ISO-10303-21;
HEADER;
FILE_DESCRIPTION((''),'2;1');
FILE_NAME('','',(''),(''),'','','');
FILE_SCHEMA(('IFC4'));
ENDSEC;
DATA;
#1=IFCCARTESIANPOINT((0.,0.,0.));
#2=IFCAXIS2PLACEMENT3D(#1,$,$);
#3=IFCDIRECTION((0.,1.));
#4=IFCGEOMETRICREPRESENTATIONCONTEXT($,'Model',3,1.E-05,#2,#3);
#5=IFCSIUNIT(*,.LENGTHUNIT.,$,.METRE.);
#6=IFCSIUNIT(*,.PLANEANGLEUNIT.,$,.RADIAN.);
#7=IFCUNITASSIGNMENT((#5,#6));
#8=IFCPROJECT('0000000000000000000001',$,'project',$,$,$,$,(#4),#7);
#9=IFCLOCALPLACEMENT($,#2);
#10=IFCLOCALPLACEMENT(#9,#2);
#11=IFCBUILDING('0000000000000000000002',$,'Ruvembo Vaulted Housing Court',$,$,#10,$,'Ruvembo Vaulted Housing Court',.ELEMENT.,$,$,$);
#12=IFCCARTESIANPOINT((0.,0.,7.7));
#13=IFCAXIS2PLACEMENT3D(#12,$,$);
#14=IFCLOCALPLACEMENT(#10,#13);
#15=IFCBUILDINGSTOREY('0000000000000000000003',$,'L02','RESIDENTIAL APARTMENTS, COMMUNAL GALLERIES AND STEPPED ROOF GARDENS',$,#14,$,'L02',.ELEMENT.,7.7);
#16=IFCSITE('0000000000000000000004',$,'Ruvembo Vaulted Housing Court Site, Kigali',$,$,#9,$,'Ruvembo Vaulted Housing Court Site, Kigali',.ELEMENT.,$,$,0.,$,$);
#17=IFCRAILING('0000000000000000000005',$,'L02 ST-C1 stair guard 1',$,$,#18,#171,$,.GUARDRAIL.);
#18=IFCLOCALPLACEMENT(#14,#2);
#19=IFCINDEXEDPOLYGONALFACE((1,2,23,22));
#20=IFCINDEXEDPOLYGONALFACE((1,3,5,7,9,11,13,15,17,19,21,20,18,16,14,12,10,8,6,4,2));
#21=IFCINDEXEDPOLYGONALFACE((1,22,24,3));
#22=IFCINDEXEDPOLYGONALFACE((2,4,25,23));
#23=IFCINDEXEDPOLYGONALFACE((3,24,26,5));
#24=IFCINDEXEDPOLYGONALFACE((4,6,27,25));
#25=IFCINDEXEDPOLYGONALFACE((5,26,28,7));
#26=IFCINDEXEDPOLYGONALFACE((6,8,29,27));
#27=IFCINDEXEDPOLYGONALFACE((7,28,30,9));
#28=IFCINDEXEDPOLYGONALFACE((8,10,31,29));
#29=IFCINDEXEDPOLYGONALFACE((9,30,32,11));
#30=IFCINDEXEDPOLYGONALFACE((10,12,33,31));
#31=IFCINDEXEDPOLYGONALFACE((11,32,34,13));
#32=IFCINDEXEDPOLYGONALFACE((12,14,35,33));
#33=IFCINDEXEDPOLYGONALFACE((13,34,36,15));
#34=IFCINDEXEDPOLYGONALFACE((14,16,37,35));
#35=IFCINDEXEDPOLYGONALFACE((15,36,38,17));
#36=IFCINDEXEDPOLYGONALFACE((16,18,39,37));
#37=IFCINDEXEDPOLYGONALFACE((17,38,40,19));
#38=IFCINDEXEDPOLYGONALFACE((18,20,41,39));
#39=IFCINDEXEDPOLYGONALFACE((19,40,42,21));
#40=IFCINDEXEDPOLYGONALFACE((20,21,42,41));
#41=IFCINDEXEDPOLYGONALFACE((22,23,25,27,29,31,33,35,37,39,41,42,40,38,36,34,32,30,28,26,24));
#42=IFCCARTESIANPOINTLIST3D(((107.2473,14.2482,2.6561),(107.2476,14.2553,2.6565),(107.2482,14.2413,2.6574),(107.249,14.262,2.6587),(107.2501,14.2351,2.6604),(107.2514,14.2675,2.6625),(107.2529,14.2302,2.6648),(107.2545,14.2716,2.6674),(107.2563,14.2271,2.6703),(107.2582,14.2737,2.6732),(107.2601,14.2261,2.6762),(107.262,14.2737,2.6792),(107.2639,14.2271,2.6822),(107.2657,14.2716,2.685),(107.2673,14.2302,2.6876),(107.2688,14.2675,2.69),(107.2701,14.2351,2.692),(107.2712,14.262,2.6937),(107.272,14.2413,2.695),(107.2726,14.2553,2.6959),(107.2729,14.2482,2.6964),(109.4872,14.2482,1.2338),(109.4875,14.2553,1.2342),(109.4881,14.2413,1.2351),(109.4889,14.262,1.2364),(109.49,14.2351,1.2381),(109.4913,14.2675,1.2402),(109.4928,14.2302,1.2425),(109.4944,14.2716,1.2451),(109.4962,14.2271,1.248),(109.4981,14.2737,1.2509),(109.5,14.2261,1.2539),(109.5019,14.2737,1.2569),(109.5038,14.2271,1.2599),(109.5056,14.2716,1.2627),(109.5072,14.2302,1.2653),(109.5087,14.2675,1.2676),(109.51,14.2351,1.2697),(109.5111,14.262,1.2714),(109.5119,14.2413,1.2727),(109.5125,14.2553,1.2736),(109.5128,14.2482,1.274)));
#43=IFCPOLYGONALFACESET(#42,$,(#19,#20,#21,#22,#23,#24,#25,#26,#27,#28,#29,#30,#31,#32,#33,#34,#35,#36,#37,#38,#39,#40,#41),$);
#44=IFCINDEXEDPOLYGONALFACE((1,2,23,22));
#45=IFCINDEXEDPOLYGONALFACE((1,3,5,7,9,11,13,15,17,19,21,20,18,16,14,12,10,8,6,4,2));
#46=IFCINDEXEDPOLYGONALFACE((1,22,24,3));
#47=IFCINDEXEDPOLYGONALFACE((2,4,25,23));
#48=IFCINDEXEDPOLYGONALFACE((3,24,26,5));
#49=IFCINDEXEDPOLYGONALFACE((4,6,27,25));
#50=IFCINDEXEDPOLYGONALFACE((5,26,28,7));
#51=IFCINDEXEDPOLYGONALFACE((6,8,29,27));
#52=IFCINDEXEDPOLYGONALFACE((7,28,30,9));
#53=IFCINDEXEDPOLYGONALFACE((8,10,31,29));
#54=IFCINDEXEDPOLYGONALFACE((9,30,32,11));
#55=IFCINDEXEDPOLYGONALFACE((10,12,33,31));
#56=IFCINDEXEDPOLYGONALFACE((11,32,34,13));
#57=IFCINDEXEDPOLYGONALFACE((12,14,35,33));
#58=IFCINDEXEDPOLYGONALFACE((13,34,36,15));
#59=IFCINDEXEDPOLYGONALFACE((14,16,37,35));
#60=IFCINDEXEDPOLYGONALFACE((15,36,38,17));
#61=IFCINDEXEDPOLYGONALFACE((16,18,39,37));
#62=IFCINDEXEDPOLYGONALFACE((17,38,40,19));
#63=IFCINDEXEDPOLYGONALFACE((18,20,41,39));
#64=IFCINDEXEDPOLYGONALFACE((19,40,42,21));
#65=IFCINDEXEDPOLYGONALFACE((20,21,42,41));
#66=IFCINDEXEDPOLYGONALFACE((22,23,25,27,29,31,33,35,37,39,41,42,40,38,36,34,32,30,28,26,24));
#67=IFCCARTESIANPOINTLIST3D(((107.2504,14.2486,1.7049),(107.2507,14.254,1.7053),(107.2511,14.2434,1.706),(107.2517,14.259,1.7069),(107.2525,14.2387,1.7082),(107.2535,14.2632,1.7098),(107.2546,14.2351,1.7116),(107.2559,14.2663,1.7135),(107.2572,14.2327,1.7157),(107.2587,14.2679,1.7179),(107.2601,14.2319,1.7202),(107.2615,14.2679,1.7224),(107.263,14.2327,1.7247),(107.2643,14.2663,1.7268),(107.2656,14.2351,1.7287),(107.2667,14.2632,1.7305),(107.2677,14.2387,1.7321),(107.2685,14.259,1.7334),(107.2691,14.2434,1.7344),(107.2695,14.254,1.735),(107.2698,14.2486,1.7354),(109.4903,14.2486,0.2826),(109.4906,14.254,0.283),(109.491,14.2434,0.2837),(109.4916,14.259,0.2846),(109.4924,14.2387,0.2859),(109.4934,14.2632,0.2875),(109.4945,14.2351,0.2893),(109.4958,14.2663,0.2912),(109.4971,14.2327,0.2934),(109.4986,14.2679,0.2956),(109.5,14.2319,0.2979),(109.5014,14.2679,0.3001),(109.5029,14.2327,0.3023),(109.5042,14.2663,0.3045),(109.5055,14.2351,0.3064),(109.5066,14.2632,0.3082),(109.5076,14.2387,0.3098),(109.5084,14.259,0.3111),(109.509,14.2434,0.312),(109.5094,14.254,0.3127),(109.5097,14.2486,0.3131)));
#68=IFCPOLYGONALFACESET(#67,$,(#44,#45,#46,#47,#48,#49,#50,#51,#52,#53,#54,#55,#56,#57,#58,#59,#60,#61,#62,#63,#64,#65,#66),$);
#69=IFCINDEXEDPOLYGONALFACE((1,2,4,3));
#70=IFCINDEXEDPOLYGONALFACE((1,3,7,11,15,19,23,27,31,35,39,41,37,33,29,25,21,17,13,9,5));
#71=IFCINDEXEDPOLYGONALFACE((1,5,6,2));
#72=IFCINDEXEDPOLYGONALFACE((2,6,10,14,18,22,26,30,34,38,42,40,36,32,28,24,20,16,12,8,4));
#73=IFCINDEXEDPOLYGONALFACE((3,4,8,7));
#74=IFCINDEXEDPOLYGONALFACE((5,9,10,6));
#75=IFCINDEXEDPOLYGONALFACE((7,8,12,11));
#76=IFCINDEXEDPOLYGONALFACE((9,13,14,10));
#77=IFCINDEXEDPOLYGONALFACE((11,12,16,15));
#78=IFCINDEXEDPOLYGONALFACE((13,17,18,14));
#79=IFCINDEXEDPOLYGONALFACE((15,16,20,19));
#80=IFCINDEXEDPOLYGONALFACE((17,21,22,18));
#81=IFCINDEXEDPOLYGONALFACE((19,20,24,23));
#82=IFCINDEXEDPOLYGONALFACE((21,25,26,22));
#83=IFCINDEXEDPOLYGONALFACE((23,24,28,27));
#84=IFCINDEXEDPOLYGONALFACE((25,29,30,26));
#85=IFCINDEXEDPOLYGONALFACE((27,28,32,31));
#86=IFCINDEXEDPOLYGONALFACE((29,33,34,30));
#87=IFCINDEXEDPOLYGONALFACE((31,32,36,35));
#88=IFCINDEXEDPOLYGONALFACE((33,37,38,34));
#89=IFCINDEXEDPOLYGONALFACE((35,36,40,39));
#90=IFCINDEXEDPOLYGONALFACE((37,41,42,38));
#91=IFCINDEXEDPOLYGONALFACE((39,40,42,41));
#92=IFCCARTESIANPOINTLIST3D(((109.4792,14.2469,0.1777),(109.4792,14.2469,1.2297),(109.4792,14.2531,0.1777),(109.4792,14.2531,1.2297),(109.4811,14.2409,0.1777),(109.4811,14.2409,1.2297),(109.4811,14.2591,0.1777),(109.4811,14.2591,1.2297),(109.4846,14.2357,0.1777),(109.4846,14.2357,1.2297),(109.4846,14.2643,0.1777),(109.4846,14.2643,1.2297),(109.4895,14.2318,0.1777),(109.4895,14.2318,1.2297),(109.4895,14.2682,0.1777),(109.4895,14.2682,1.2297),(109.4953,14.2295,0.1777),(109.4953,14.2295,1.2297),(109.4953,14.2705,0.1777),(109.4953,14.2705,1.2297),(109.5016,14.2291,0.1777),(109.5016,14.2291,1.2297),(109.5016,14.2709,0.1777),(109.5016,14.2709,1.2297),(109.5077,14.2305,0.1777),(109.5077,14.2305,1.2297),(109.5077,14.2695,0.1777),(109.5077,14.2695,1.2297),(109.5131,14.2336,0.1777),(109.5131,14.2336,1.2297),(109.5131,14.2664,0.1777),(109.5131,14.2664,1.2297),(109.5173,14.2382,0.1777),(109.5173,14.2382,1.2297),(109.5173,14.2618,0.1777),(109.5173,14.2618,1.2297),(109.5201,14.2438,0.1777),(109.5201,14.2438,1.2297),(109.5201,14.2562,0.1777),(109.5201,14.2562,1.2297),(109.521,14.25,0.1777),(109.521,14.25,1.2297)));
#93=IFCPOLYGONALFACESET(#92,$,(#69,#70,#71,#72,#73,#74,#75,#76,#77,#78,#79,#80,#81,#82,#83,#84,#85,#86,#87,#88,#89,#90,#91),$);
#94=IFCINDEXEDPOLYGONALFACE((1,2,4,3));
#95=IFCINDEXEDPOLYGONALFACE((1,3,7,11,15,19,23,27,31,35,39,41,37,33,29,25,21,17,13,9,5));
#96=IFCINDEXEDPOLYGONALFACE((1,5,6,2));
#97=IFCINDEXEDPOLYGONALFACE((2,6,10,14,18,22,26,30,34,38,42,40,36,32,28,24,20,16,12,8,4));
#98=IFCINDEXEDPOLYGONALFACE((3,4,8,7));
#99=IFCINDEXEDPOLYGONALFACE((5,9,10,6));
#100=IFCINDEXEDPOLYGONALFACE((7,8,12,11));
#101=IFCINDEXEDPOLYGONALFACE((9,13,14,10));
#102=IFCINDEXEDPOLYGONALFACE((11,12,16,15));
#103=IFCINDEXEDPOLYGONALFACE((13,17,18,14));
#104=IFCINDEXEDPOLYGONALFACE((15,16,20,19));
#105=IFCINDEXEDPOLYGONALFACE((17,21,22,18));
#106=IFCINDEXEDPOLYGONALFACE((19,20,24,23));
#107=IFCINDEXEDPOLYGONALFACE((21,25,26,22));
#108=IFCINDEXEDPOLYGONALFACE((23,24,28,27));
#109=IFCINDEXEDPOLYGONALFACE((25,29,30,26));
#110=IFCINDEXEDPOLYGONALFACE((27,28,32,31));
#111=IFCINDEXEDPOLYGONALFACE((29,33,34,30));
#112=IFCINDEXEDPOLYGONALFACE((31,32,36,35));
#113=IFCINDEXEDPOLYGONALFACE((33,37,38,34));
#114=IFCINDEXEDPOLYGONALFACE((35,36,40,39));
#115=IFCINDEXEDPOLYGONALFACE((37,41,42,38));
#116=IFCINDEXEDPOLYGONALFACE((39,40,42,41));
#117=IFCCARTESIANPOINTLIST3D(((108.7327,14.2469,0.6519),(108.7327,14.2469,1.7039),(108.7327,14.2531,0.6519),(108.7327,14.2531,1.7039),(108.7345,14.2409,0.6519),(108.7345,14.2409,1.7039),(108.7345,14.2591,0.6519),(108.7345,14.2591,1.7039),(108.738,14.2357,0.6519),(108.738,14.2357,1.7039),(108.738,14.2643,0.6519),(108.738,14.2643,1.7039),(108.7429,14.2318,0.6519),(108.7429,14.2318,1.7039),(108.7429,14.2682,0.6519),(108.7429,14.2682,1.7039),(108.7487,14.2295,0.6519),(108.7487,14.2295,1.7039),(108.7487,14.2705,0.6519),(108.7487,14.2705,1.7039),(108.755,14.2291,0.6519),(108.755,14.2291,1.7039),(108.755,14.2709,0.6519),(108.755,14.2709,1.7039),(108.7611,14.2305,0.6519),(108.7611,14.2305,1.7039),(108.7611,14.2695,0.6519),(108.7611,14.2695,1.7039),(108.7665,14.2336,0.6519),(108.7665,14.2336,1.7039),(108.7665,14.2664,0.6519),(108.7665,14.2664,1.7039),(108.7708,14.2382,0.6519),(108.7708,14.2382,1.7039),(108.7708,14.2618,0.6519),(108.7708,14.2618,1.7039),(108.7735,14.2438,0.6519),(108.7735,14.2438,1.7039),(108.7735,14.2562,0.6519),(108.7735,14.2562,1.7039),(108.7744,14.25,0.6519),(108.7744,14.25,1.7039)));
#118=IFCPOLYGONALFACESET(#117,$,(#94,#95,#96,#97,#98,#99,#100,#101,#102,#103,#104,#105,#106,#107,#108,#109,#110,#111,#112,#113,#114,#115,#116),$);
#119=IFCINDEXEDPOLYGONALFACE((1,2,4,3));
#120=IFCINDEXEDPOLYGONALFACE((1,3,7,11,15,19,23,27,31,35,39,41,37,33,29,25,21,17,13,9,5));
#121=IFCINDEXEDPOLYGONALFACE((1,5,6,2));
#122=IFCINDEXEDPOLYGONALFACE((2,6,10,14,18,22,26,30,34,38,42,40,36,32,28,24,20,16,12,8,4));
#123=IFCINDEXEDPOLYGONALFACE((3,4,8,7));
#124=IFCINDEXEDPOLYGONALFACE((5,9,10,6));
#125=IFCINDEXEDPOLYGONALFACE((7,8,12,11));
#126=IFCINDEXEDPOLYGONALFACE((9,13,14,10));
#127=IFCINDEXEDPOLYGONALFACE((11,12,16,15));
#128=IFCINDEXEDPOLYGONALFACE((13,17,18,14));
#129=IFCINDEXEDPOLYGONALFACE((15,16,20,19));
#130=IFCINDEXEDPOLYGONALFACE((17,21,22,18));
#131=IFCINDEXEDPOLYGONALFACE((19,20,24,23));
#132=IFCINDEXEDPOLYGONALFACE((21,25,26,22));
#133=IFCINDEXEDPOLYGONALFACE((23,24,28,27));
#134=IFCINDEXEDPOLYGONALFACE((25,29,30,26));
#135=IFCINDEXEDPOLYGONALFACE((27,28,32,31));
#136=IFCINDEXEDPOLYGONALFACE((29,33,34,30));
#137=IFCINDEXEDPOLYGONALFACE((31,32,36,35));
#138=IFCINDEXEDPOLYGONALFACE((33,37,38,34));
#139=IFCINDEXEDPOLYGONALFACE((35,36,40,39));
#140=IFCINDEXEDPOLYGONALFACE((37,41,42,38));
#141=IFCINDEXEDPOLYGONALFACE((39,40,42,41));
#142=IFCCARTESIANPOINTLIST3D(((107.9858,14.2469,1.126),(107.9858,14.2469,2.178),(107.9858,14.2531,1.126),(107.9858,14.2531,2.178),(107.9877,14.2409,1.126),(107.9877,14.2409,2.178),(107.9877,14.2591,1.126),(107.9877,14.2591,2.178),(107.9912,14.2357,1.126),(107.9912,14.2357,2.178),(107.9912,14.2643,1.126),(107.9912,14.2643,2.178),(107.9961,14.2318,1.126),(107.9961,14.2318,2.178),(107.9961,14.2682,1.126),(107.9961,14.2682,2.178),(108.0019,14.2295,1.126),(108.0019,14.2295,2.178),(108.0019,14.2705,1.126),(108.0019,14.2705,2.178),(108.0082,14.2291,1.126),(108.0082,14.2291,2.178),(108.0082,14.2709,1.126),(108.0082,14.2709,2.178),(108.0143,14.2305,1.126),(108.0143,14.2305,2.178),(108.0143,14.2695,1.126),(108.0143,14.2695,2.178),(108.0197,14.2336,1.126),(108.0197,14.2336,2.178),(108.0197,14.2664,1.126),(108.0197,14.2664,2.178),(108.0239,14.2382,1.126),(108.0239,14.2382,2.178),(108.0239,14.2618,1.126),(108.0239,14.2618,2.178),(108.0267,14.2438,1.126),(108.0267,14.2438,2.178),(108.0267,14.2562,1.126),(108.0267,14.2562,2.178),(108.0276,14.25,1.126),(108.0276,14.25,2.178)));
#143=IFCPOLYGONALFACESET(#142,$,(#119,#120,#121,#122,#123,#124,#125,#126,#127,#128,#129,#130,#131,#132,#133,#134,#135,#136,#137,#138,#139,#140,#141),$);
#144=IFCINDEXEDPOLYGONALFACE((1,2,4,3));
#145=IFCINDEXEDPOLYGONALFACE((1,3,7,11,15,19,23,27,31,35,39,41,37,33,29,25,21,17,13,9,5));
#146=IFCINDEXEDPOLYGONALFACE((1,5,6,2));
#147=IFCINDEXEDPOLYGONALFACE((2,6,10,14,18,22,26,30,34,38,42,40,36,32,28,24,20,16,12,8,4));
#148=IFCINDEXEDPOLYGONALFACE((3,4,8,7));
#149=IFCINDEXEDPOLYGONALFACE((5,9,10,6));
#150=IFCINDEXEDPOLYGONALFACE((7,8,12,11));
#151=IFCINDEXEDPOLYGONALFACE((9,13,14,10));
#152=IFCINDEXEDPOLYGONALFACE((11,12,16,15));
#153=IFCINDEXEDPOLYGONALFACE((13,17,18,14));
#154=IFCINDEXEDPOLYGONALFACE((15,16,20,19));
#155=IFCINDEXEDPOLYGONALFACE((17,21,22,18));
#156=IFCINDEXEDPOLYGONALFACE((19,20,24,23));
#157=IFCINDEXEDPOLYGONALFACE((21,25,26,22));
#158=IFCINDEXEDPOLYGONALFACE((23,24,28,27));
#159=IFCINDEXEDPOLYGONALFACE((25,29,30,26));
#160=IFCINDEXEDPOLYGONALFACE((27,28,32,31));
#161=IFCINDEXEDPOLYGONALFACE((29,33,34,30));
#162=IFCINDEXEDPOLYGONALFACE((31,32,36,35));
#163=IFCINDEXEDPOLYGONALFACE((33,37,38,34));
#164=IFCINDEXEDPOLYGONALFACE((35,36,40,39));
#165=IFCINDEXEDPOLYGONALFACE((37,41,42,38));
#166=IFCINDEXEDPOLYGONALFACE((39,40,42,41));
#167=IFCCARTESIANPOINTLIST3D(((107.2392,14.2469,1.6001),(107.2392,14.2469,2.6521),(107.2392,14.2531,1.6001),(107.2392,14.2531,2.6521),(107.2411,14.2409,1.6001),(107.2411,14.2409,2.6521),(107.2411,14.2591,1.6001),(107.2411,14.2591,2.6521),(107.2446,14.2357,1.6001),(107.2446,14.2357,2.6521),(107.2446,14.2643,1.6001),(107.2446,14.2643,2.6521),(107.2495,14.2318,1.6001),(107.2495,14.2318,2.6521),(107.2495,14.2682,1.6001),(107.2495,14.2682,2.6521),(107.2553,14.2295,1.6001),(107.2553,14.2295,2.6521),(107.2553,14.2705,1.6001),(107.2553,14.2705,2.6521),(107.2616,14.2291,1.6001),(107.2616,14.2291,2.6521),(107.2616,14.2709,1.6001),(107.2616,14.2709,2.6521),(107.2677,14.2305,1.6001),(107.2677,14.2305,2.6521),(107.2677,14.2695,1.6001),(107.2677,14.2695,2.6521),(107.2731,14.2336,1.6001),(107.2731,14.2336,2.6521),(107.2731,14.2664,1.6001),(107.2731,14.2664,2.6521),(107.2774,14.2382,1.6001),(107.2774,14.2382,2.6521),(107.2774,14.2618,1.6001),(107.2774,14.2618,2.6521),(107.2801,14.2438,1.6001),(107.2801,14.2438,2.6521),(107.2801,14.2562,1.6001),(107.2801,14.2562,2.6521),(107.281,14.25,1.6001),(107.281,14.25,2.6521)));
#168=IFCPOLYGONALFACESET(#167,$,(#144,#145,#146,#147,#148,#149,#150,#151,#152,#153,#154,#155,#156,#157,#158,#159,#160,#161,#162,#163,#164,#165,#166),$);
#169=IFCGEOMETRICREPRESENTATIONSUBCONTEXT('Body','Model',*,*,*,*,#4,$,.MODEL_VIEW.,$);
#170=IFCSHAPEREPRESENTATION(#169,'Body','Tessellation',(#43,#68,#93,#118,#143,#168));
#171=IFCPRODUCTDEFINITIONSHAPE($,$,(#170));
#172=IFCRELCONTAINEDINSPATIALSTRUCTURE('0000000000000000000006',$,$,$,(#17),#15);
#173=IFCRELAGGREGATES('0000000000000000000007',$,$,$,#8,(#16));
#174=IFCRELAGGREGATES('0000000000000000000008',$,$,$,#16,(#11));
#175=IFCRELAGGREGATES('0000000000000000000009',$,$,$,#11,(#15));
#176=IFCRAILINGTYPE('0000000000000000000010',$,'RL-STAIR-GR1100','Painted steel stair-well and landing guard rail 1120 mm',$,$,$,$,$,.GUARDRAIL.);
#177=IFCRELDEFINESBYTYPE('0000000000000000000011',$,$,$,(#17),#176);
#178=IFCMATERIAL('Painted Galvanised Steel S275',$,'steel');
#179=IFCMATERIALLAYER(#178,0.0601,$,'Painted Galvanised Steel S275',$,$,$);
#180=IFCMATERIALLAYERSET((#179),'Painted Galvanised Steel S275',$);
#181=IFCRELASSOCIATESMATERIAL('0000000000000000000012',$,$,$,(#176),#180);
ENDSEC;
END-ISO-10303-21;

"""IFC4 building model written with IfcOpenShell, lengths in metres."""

from ifc_helpers import new_model, si_unit, direction, frame, origin, origin_2d, place, context, subcontext, project, spatial, circle, extrude, material, layer, layer_set, type_object, element, save


model = new_model("IFC4")

# Units and contexts
model_context = context("Model", 3, precision=1e-05, world=origin(), true_north=direction((0.0, 1.0)))
body_context = subcontext(model_context, "Body", "Model", "MODEL_VIEW")
ifc_project = project(units=[si_unit("LENGTHUNIT", "METRE"), si_unit("PLANEANGLEUNIT", "RADIAN")], contexts=[model_context])

# Site, building, storey
site_placement = place(None, origin())
site = spatial("IfcSite", under=ifc_project, at=site_placement, Name="Ruvembo Vaulted Housing Court Site, Kigali", LongName="Ruvembo Vaulted Housing Court Site, Kigali", CompositionType="ELEMENT", RefElevation=0.0)
building_placement = place(site_placement, origin())
building = spatial("IfcBuilding", under=site, at=building_placement, Name="Ruvembo Vaulted Housing Court", LongName="Ruvembo Vaulted Housing Court", CompositionType="ELEMENT")
storey_placement = place(building_placement, frame((0.0, 0.0, 7.7)))
storey = spatial("IfcBuildingStorey", under=building, at=storey_placement, Name="L02", Description="RESIDENTIAL APARTMENTS, COMMUNAL GALLERIES AND STEPPED ROOF GARDENS", LongName="L02", CompositionType="ELEMENT", Elevation=7.7)

# Railing
ifc_material_1 = material(Name="Painted Galvanised Steel S275", Category="steel")
ifc_layer_1 = layer(ifc_material_1, 0.0601, Name="Painted Galvanised Steel S275")
ifc_layer_set_1 = layer_set([ifc_layer_1], Name="Painted Galvanised Steel S275")
railing_type_1 = type_object("IfcRailingType", Name="RL-STAIR-GR1100", Description="Painted steel stair-well and landing guard rail 1120 mm", PredefinedType="GUARDRAIL", material=ifc_layer_set_1)
railing_1_placement = place(storey_placement, frame((109.5, 14.25, 0.1777)))
element("IfcRailing", 1, at=railing_1_placement, inside=storey, type_object=railing_type_1, Name="L02 ST-C1 stair guard 1", PredefinedType="GUARDRAIL", context=body_context, shape_type="SweptSolid", body=[
    extrude(circle(Radius=0.0239, at=origin_2d()), frame((0.0, 0.0, 1.0762), z_axis=(-0.844188, 0.0, 0.536048), x_axis=(0.0, -1.0, 0.0)), (0.0, 0.0, 1.0), 2.6533),
    extrude(circle(Radius=0.0181, at=origin_2d()), frame((0.0, 0.0, 0.1201), z_axis=(-0.844188, 0.0, 0.536048), x_axis=(0.0, -1.0, 0.0)), (0.0, 0.0, 1.0), 2.6533),
    extrude(circle(Radius=0.021, at=origin_2d()), origin(), (0.0, 0.0, 1.0), 1.052),
    extrude(circle(Radius=0.021, at=origin_2d()), frame((-0.7466, 0.0, 0.4741)), (0.0, 0.0, 1.0), 1.052),
    extrude(circle(Radius=0.021, at=origin_2d()), frame((-1.4934, 0.0, 0.9482)), (0.0, 0.0, 1.0), 1.052),
    extrude(circle(Radius=0.021, at=origin_2d()), frame((-2.24, 0.0, 1.4224)), (0.0, 0.0, 1.0), 1.052),
])

save(model, "model.ifc")
